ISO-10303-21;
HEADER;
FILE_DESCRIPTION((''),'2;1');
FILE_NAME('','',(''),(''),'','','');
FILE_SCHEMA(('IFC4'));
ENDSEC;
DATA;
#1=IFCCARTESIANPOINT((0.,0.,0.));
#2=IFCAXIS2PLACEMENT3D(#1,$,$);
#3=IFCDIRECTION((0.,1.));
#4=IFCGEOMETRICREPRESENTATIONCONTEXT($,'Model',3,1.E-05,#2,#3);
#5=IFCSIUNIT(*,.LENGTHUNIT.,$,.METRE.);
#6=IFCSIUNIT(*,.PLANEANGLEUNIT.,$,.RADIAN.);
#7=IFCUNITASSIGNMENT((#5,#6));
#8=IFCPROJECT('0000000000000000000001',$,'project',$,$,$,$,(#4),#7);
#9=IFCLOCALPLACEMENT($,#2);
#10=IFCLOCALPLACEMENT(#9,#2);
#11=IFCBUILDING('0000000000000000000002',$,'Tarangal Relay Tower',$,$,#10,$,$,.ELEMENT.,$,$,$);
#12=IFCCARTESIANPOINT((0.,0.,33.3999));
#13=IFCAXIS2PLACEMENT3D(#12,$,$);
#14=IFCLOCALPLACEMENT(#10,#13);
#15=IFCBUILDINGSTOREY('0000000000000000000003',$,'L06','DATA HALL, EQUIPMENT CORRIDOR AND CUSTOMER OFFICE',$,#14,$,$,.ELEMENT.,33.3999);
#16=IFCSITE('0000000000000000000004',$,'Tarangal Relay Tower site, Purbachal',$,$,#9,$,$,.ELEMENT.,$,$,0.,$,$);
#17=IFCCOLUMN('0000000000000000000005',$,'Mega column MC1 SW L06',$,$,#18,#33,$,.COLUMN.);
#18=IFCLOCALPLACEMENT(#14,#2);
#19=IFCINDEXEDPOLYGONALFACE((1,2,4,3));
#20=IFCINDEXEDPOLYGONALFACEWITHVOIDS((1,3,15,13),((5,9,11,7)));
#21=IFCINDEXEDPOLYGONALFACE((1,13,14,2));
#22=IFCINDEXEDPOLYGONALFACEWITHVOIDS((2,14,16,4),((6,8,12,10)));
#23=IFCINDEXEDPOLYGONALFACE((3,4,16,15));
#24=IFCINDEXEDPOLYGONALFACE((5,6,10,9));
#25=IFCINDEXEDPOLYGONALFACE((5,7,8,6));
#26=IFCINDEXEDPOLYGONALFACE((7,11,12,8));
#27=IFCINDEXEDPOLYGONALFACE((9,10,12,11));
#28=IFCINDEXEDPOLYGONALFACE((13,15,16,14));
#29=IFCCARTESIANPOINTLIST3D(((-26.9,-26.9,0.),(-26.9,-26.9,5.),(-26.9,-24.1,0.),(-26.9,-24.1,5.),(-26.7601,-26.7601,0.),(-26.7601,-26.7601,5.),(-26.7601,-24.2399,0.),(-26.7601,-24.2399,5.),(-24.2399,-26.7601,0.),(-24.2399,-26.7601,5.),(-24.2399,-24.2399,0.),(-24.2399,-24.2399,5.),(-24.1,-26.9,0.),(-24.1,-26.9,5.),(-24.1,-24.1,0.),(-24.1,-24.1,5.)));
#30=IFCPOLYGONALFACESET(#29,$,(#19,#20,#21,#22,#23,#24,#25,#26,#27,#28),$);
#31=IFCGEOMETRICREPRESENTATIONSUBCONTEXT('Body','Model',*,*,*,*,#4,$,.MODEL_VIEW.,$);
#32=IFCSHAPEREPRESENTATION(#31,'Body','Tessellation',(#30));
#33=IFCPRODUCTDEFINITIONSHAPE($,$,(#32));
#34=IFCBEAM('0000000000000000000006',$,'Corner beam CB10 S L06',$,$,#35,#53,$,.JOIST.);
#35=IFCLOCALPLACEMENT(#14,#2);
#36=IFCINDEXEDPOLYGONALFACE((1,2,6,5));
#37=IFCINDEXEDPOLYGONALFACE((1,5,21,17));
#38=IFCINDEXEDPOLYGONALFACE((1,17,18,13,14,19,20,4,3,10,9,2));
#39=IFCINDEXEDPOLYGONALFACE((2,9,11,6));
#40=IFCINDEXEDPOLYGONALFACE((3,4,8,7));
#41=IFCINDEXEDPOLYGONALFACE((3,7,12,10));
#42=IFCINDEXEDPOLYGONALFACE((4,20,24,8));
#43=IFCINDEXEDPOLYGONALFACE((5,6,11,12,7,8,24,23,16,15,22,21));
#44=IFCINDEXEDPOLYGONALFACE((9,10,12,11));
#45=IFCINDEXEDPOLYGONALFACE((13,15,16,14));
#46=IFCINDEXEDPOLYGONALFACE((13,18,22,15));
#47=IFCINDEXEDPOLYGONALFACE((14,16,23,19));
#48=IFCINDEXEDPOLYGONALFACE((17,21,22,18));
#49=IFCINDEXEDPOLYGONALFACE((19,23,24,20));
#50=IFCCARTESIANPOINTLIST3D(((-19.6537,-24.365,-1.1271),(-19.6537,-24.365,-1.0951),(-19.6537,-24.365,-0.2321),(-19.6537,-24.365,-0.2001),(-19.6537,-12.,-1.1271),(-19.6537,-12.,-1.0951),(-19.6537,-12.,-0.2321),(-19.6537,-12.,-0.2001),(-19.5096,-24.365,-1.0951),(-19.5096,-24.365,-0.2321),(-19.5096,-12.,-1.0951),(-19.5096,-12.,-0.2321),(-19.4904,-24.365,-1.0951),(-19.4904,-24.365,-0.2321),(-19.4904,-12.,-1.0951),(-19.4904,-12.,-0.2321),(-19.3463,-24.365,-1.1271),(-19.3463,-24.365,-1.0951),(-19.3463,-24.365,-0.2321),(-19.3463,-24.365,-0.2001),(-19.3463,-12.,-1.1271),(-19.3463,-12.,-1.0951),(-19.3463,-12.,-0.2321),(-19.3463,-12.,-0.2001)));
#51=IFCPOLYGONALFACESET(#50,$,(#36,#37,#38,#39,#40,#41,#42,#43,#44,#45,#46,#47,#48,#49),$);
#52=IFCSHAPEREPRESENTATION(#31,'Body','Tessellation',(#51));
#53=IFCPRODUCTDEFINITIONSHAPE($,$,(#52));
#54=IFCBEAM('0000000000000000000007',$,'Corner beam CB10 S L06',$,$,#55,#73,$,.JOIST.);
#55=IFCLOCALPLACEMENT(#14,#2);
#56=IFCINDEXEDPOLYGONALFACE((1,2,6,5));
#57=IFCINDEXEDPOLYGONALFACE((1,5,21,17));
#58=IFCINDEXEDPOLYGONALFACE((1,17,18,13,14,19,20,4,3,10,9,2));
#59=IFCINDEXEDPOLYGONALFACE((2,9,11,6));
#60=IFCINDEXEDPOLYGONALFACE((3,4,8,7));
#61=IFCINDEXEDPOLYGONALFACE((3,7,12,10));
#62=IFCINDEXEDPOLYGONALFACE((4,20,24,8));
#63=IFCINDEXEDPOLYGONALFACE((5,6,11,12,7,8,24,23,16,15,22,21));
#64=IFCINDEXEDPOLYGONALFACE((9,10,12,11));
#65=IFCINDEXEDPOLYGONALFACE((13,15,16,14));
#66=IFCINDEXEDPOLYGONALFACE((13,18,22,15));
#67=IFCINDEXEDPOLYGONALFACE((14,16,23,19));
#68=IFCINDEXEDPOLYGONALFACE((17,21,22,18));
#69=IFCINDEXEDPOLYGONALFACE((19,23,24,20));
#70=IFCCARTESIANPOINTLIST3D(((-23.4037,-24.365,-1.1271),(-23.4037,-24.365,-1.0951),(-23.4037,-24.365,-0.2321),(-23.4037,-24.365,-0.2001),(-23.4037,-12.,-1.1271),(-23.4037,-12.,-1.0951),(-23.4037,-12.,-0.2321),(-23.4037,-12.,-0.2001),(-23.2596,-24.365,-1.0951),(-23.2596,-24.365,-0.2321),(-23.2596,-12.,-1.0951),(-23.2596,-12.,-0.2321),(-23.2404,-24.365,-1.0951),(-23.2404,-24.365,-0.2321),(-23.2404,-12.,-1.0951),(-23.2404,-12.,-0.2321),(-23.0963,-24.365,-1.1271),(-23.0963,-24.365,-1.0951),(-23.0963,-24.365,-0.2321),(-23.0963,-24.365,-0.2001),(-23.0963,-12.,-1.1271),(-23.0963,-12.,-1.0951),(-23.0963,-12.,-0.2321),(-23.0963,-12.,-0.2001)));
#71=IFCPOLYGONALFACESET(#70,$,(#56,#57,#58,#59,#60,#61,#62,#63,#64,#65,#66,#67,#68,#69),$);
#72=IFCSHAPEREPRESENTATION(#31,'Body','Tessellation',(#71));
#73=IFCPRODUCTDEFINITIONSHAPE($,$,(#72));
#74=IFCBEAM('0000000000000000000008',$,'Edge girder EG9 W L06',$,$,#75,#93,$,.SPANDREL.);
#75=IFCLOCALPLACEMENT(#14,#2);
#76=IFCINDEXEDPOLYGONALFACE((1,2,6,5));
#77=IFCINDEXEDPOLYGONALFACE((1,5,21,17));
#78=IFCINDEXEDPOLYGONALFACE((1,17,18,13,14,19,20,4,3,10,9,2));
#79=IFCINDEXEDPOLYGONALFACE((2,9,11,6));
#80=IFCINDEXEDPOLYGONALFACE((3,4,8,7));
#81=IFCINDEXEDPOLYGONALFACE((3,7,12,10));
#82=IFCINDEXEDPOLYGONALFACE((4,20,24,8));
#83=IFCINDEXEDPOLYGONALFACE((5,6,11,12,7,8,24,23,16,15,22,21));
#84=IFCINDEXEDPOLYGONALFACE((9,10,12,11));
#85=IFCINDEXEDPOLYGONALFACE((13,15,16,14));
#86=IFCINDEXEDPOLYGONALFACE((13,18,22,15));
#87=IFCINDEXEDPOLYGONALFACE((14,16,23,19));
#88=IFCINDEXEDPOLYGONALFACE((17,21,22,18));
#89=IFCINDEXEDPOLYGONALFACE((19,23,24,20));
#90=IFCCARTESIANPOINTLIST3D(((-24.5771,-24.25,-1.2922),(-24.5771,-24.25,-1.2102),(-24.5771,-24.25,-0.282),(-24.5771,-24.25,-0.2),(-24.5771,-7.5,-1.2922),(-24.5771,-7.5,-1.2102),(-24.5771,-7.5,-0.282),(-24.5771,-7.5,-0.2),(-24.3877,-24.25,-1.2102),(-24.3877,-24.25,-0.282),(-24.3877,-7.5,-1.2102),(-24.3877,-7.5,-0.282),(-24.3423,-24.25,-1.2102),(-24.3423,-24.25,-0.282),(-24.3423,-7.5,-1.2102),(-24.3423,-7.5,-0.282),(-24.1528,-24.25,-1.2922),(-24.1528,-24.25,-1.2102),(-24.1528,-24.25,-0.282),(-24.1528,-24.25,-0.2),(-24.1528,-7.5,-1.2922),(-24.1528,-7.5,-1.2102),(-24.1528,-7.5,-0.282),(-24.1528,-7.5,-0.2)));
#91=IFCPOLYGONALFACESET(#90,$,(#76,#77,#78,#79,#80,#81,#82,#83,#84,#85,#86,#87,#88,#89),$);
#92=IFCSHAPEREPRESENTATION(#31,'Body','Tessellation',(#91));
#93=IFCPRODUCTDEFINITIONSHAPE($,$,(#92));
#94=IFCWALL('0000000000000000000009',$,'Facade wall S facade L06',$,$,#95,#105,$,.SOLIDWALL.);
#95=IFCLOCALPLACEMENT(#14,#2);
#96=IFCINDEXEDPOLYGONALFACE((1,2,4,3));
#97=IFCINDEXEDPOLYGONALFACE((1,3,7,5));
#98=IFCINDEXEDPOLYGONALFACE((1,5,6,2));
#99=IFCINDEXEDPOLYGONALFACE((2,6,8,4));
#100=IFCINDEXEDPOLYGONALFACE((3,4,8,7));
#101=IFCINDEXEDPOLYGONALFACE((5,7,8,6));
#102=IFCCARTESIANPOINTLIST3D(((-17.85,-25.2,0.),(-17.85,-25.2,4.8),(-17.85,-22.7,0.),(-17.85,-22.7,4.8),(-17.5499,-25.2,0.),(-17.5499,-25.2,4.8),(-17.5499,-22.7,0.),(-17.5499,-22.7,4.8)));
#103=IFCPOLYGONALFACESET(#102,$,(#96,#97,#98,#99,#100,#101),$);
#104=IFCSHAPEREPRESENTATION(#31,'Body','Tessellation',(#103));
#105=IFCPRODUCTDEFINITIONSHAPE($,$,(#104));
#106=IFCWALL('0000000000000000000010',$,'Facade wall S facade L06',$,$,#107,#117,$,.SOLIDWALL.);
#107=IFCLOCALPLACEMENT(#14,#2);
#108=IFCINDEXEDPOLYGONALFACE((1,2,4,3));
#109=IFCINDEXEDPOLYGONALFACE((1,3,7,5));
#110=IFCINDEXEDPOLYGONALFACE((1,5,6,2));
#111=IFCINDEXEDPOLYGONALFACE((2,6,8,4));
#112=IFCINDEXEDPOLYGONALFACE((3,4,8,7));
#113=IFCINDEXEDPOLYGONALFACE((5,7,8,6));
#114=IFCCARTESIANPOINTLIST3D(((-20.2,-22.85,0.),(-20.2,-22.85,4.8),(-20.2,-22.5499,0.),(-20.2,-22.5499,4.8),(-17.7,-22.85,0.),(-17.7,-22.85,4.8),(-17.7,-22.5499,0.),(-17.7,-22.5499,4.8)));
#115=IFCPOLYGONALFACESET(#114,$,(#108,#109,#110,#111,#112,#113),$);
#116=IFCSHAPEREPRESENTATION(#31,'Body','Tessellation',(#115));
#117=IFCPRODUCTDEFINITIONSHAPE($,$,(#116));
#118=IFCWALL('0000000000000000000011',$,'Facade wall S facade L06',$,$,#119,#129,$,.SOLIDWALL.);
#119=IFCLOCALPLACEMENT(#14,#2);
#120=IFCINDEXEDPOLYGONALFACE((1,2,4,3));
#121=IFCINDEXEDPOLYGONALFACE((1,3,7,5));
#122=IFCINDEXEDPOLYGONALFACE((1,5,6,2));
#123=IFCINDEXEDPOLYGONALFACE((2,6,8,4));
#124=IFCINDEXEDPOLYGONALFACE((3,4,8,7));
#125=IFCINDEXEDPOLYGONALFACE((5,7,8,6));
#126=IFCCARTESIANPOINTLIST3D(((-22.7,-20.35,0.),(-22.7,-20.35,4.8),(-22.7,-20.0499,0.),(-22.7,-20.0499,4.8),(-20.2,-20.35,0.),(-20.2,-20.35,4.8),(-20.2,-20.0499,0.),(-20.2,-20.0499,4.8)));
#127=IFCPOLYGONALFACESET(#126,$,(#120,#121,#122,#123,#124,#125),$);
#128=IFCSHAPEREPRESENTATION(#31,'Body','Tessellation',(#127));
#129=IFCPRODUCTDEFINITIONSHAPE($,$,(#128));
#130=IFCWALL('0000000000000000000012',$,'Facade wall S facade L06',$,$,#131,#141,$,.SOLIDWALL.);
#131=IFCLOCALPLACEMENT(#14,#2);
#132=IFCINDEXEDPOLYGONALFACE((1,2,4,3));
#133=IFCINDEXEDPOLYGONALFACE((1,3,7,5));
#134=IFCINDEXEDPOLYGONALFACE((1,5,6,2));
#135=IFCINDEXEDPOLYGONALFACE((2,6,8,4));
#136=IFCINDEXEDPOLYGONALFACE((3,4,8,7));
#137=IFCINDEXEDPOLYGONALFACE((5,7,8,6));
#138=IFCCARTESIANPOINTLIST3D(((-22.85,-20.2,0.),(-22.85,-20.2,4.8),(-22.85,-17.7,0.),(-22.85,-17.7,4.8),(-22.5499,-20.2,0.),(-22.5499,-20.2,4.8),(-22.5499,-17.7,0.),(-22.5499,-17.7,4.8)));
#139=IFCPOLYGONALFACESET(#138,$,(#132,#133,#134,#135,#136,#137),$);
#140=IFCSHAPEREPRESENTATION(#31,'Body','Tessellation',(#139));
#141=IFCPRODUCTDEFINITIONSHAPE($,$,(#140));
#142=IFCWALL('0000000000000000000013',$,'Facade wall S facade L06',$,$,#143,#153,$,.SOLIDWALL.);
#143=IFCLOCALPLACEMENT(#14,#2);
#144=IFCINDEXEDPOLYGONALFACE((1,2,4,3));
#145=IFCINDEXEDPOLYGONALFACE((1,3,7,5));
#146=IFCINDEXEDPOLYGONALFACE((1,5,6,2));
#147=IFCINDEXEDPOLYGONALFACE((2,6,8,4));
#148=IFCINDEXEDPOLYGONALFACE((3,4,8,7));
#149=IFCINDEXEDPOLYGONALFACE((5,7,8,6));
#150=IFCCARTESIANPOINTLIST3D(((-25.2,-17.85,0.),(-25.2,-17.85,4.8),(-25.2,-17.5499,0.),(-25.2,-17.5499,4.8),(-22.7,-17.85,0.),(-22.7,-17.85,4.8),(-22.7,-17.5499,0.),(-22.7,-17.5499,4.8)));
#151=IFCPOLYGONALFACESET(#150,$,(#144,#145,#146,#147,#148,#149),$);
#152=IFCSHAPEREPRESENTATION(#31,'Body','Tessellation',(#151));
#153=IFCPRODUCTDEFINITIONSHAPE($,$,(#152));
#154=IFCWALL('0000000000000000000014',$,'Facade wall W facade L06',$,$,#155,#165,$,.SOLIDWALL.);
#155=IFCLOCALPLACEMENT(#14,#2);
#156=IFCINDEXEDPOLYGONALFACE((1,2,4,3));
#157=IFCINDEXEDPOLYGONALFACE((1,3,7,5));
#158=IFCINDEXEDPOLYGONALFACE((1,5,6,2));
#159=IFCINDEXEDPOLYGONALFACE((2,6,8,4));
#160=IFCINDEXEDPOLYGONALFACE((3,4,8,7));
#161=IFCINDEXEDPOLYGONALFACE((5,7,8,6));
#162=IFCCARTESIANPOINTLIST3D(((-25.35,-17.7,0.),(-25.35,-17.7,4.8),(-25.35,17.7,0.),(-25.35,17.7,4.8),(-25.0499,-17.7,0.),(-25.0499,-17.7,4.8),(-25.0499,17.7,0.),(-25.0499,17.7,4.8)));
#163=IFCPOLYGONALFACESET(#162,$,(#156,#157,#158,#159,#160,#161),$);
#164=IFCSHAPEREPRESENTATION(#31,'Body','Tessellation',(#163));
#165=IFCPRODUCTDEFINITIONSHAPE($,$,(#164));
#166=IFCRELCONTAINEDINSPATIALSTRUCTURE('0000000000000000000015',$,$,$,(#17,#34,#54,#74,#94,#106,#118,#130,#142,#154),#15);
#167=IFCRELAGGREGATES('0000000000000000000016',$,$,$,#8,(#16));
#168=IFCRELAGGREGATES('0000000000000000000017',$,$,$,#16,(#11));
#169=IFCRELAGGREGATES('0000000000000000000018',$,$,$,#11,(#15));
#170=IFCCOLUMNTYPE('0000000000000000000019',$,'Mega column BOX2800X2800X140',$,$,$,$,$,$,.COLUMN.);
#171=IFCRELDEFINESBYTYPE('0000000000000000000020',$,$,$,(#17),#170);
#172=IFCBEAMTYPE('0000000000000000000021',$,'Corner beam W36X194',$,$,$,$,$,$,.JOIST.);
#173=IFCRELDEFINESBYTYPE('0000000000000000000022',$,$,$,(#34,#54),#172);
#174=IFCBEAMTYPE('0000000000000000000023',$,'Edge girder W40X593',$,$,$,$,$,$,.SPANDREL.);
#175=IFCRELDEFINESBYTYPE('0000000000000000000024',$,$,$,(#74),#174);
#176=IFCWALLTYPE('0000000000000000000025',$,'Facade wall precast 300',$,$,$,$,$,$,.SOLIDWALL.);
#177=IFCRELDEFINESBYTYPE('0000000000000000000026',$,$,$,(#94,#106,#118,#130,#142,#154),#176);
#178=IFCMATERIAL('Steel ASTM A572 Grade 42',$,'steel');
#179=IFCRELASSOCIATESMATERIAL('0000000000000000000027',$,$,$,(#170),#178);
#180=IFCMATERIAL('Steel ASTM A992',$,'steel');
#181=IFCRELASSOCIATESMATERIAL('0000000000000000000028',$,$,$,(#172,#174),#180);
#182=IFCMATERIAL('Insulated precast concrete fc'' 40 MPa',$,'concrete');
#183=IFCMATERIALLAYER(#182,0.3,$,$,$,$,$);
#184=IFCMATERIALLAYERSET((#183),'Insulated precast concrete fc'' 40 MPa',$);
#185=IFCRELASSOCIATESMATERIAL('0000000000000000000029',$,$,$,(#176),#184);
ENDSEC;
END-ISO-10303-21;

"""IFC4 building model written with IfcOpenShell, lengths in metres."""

from ifc_helpers import new_model, si_unit, direction, frame, frame_2d, origin, origin_2d, place, context, subcontext, project, spatial, rectangle, hollow_rectangle, i_section, extrude, material, layer, layer_set, material_profile, profile_set, type_object, element, save


model = new_model("IFC4")

# Units and contexts
model_context = context("Model", 3, precision=1e-05, world=origin(), true_north=direction((0.0, 1.0)))
body_context = subcontext(model_context, "Body", "Model", "MODEL_VIEW")
ifc_project = project(units=[si_unit("LENGTHUNIT", "METRE"), si_unit("PLANEANGLEUNIT", "RADIAN")], contexts=[model_context])

# Site, building, storey
site_placement = place(None, origin())
site = spatial("IfcSite", under=ifc_project, at=site_placement, Name="Tarangal Relay Tower site, Purbachal", CompositionType="ELEMENT", RefElevation=0.0)
building_placement = place(site_placement, origin())
building = spatial("IfcBuilding", under=site, at=building_placement, Name="Tarangal Relay Tower", CompositionType="ELEMENT")
storey_placement = place(building_placement, frame((0.0, 0.0, 33.3999)))
storey = spatial("IfcBuildingStorey", under=building, at=storey_placement, Name="L06", Description="DATA HALL, EQUIPMENT CORRIDOR AND CUSTOMER OFFICE", CompositionType="ELEMENT", Elevation=33.3999)

# Column
ifc_material_1 = material(Name="Steel ASTM A572 Grade 42", Category="steel")
ifc_material_profile_1 = material_profile(ifc_material_1, hollow_rectangle(XDim=2.8, YDim=2.8, WallThickness=0.1399, at=origin_2d()), Name="BOX2800X2800X140")
ifc_profile_set_1 = profile_set([ifc_material_profile_1], Name="Steel ASTM A572 Grade 42")
column_type = type_object("IfcColumnType", Name="Mega column BOX2800X2800X140", PredefinedType="COLUMN", material=ifc_profile_set_1)
column_placement = place(storey_placement, frame((-25.5, -25.5, 0.0), z_axis=(0.0, 0.0, 1.0), x_axis=(1.0, 0.0, 0.0)))
element("IfcColumn", 1, at=column_placement, inside=storey, type_object=column_type, Name="Mega column MC1 SW L06", PredefinedType="COLUMN", context=body_context, shape_type="SweptSolid", body=[
    extrude(hollow_rectangle(XDim=2.8, YDim=2.8, WallThickness=0.1399, at=origin_2d()), origin(), (0.0, 0.0, 1.0), 5.0),
])

# Beams
ifc_material_2 = material(Name="Steel ASTM A992", Category="steel")
ifc_material_profile_2 = material_profile(ifc_material_2, i_section(OverallWidth=0.3074, OverallDepth=0.927, WebThickness=0.0193, FlangeThickness=0.032, at=origin_2d()), Name="W36X194")
ifc_profile_set_2 = profile_set([ifc_material_profile_2], Name="Steel ASTM A992")
beam_type_1 = type_object("IfcBeamType", Name="Corner beam W36X194", PredefinedType="JOIST", material=ifc_profile_set_2)
for number, where, z_axis, x_axis, name in (
    (2, (-19.5, -12.0, -0.6636), (0.0, -1.0, 0.0), (1.0, 0.0, 0.0), "Corner beam CB10 S L06"),
    (3, (-23.25, -12.0, -0.6636), (0.0, -1.0, 0.0), (1.0, 0.0, 0.0), "Corner beam CB10 S L06"),
):
    element("IfcBeam", number, at=place(storey_placement, frame(where, z_axis=z_axis, x_axis=x_axis)), inside=storey, type_object=beam_type_1, Name=name, PredefinedType="JOIST", context=body_context, shape_type="SweptSolid", body=[
        extrude(i_section(OverallWidth=0.3074, OverallDepth=0.927, WebThickness=0.0193, FlangeThickness=0.032, at=origin_2d()), origin(), (0.0, 0.0, 1.0), 12.365),
    ])
ifc_material_profile_3 = material_profile(ifc_material_2, i_section(OverallWidth=0.4243, OverallDepth=1.0923, WebThickness=0.0454, FlangeThickness=0.082, at=origin_2d()), Name="W40X593")
ifc_profile_set_3 = profile_set([ifc_material_profile_3], Name="Steel ASTM A992")
beam_type_2 = type_object("IfcBeamType", Name="Edge girder W40X593", PredefinedType="SPANDREL", material=ifc_profile_set_3)
beam_placement = place(storey_placement, frame((-24.365, -24.25, -0.7461), z_axis=(0.0, 1.0, 0.0), x_axis=(-1.0, 0.0, 0.0)))
element("IfcBeam", 4, at=beam_placement, inside=storey, type_object=beam_type_2, Name="Edge girder EG9 W L06", PredefinedType="SPANDREL", context=body_context, shape_type="SweptSolid", body=[
    extrude(i_section(OverallWidth=0.4243, OverallDepth=1.0923, WebThickness=0.0454, FlangeThickness=0.082, at=origin_2d()), origin(), (0.0, 0.0, 1.0), 16.75),
])

# Walls
ifc_material_3 = material(Name="Insulated precast concrete fc' 40 MPa", Category="concrete")
ifc_layer_1 = layer(ifc_material_3, 0.3)
ifc_layer_set_1 = layer_set([ifc_layer_1], Name="Insulated precast concrete fc' 40 MPa")
wall_type_1 = type_object("IfcWallType", Name="Facade wall precast 300", PredefinedType="SOLIDWALL", material=ifc_layer_set_1)
for number, where, z_axis, x_axis, name in (
    (5, (-17.7, -25.2, 0.0), (0.0, 0.0, 1.0), (0.0, 1.0, 0.0), "Facade wall S facade L06"),
    (6, (-17.7, -22.7, 0.0), (0.0, 0.0, 1.0), (-1.0, 0.0, 0.0), "Facade wall S facade L06"),
):
    element("IfcWall", number, at=place(storey_placement, frame(where, z_axis=z_axis, x_axis=x_axis)), inside=storey, type_object=wall_type_1, Name=name, PredefinedType="SOLIDWALL", context=body_context, shape_type="SweptSolid", body=[
        extrude(rectangle(XDim=2.5, YDim=0.3, at=frame_2d((1.25, 0.0))), origin(), (0.0, 0.0, 1.0), 4.8),
    ])

# Walls
for number, where, z_axis, x_axis, name in (
    (7, (-20.2, -20.2, 0.0), (0.0, 0.0, 1.0), (-1.0, 0.0, 0.0), "Facade wall S facade L06"),
    (8, (-22.7, -20.2, 0.0), (0.0, 0.0, 1.0), (0.0, 1.0, 0.0), "Facade wall S facade L06"),
    (9, (-22.7, -17.7, 0.0), (0.0, 0.0, 1.0), (-1.0, 0.0, 0.0), "Facade wall S facade L06"),
):
    element("IfcWall", number, at=place(storey_placement, frame(where, z_axis=z_axis, x_axis=x_axis)), inside=storey, type_object=wall_type_1, Name=name, PredefinedType="SOLIDWALL", context=body_context, shape_type="SweptSolid", body=[
        extrude(rectangle(XDim=2.5, YDim=0.3, at=frame_2d((1.25, 0.0))), origin(), (0.0, 0.0, 1.0), 4.8),
    ])
wall_1_placement = place(storey_placement, frame((-25.2, -17.7, 0.0), z_axis=(0.0, 0.0, 1.0), x_axis=(0.0, 1.0, 0.0)))
element("IfcWall", 10, at=wall_1_placement, inside=storey, type_object=wall_type_1, Name="Facade wall W facade L06", PredefinedType="SOLIDWALL", context=body_context, shape_type="SweptSolid", body=[
    extrude(rectangle(XDim=35.3999, YDim=0.3, at=frame_2d((17.7, 0.0))), origin(), (0.0, 0.0, 1.0), 4.8),
])

save(model, "model.ifc")
